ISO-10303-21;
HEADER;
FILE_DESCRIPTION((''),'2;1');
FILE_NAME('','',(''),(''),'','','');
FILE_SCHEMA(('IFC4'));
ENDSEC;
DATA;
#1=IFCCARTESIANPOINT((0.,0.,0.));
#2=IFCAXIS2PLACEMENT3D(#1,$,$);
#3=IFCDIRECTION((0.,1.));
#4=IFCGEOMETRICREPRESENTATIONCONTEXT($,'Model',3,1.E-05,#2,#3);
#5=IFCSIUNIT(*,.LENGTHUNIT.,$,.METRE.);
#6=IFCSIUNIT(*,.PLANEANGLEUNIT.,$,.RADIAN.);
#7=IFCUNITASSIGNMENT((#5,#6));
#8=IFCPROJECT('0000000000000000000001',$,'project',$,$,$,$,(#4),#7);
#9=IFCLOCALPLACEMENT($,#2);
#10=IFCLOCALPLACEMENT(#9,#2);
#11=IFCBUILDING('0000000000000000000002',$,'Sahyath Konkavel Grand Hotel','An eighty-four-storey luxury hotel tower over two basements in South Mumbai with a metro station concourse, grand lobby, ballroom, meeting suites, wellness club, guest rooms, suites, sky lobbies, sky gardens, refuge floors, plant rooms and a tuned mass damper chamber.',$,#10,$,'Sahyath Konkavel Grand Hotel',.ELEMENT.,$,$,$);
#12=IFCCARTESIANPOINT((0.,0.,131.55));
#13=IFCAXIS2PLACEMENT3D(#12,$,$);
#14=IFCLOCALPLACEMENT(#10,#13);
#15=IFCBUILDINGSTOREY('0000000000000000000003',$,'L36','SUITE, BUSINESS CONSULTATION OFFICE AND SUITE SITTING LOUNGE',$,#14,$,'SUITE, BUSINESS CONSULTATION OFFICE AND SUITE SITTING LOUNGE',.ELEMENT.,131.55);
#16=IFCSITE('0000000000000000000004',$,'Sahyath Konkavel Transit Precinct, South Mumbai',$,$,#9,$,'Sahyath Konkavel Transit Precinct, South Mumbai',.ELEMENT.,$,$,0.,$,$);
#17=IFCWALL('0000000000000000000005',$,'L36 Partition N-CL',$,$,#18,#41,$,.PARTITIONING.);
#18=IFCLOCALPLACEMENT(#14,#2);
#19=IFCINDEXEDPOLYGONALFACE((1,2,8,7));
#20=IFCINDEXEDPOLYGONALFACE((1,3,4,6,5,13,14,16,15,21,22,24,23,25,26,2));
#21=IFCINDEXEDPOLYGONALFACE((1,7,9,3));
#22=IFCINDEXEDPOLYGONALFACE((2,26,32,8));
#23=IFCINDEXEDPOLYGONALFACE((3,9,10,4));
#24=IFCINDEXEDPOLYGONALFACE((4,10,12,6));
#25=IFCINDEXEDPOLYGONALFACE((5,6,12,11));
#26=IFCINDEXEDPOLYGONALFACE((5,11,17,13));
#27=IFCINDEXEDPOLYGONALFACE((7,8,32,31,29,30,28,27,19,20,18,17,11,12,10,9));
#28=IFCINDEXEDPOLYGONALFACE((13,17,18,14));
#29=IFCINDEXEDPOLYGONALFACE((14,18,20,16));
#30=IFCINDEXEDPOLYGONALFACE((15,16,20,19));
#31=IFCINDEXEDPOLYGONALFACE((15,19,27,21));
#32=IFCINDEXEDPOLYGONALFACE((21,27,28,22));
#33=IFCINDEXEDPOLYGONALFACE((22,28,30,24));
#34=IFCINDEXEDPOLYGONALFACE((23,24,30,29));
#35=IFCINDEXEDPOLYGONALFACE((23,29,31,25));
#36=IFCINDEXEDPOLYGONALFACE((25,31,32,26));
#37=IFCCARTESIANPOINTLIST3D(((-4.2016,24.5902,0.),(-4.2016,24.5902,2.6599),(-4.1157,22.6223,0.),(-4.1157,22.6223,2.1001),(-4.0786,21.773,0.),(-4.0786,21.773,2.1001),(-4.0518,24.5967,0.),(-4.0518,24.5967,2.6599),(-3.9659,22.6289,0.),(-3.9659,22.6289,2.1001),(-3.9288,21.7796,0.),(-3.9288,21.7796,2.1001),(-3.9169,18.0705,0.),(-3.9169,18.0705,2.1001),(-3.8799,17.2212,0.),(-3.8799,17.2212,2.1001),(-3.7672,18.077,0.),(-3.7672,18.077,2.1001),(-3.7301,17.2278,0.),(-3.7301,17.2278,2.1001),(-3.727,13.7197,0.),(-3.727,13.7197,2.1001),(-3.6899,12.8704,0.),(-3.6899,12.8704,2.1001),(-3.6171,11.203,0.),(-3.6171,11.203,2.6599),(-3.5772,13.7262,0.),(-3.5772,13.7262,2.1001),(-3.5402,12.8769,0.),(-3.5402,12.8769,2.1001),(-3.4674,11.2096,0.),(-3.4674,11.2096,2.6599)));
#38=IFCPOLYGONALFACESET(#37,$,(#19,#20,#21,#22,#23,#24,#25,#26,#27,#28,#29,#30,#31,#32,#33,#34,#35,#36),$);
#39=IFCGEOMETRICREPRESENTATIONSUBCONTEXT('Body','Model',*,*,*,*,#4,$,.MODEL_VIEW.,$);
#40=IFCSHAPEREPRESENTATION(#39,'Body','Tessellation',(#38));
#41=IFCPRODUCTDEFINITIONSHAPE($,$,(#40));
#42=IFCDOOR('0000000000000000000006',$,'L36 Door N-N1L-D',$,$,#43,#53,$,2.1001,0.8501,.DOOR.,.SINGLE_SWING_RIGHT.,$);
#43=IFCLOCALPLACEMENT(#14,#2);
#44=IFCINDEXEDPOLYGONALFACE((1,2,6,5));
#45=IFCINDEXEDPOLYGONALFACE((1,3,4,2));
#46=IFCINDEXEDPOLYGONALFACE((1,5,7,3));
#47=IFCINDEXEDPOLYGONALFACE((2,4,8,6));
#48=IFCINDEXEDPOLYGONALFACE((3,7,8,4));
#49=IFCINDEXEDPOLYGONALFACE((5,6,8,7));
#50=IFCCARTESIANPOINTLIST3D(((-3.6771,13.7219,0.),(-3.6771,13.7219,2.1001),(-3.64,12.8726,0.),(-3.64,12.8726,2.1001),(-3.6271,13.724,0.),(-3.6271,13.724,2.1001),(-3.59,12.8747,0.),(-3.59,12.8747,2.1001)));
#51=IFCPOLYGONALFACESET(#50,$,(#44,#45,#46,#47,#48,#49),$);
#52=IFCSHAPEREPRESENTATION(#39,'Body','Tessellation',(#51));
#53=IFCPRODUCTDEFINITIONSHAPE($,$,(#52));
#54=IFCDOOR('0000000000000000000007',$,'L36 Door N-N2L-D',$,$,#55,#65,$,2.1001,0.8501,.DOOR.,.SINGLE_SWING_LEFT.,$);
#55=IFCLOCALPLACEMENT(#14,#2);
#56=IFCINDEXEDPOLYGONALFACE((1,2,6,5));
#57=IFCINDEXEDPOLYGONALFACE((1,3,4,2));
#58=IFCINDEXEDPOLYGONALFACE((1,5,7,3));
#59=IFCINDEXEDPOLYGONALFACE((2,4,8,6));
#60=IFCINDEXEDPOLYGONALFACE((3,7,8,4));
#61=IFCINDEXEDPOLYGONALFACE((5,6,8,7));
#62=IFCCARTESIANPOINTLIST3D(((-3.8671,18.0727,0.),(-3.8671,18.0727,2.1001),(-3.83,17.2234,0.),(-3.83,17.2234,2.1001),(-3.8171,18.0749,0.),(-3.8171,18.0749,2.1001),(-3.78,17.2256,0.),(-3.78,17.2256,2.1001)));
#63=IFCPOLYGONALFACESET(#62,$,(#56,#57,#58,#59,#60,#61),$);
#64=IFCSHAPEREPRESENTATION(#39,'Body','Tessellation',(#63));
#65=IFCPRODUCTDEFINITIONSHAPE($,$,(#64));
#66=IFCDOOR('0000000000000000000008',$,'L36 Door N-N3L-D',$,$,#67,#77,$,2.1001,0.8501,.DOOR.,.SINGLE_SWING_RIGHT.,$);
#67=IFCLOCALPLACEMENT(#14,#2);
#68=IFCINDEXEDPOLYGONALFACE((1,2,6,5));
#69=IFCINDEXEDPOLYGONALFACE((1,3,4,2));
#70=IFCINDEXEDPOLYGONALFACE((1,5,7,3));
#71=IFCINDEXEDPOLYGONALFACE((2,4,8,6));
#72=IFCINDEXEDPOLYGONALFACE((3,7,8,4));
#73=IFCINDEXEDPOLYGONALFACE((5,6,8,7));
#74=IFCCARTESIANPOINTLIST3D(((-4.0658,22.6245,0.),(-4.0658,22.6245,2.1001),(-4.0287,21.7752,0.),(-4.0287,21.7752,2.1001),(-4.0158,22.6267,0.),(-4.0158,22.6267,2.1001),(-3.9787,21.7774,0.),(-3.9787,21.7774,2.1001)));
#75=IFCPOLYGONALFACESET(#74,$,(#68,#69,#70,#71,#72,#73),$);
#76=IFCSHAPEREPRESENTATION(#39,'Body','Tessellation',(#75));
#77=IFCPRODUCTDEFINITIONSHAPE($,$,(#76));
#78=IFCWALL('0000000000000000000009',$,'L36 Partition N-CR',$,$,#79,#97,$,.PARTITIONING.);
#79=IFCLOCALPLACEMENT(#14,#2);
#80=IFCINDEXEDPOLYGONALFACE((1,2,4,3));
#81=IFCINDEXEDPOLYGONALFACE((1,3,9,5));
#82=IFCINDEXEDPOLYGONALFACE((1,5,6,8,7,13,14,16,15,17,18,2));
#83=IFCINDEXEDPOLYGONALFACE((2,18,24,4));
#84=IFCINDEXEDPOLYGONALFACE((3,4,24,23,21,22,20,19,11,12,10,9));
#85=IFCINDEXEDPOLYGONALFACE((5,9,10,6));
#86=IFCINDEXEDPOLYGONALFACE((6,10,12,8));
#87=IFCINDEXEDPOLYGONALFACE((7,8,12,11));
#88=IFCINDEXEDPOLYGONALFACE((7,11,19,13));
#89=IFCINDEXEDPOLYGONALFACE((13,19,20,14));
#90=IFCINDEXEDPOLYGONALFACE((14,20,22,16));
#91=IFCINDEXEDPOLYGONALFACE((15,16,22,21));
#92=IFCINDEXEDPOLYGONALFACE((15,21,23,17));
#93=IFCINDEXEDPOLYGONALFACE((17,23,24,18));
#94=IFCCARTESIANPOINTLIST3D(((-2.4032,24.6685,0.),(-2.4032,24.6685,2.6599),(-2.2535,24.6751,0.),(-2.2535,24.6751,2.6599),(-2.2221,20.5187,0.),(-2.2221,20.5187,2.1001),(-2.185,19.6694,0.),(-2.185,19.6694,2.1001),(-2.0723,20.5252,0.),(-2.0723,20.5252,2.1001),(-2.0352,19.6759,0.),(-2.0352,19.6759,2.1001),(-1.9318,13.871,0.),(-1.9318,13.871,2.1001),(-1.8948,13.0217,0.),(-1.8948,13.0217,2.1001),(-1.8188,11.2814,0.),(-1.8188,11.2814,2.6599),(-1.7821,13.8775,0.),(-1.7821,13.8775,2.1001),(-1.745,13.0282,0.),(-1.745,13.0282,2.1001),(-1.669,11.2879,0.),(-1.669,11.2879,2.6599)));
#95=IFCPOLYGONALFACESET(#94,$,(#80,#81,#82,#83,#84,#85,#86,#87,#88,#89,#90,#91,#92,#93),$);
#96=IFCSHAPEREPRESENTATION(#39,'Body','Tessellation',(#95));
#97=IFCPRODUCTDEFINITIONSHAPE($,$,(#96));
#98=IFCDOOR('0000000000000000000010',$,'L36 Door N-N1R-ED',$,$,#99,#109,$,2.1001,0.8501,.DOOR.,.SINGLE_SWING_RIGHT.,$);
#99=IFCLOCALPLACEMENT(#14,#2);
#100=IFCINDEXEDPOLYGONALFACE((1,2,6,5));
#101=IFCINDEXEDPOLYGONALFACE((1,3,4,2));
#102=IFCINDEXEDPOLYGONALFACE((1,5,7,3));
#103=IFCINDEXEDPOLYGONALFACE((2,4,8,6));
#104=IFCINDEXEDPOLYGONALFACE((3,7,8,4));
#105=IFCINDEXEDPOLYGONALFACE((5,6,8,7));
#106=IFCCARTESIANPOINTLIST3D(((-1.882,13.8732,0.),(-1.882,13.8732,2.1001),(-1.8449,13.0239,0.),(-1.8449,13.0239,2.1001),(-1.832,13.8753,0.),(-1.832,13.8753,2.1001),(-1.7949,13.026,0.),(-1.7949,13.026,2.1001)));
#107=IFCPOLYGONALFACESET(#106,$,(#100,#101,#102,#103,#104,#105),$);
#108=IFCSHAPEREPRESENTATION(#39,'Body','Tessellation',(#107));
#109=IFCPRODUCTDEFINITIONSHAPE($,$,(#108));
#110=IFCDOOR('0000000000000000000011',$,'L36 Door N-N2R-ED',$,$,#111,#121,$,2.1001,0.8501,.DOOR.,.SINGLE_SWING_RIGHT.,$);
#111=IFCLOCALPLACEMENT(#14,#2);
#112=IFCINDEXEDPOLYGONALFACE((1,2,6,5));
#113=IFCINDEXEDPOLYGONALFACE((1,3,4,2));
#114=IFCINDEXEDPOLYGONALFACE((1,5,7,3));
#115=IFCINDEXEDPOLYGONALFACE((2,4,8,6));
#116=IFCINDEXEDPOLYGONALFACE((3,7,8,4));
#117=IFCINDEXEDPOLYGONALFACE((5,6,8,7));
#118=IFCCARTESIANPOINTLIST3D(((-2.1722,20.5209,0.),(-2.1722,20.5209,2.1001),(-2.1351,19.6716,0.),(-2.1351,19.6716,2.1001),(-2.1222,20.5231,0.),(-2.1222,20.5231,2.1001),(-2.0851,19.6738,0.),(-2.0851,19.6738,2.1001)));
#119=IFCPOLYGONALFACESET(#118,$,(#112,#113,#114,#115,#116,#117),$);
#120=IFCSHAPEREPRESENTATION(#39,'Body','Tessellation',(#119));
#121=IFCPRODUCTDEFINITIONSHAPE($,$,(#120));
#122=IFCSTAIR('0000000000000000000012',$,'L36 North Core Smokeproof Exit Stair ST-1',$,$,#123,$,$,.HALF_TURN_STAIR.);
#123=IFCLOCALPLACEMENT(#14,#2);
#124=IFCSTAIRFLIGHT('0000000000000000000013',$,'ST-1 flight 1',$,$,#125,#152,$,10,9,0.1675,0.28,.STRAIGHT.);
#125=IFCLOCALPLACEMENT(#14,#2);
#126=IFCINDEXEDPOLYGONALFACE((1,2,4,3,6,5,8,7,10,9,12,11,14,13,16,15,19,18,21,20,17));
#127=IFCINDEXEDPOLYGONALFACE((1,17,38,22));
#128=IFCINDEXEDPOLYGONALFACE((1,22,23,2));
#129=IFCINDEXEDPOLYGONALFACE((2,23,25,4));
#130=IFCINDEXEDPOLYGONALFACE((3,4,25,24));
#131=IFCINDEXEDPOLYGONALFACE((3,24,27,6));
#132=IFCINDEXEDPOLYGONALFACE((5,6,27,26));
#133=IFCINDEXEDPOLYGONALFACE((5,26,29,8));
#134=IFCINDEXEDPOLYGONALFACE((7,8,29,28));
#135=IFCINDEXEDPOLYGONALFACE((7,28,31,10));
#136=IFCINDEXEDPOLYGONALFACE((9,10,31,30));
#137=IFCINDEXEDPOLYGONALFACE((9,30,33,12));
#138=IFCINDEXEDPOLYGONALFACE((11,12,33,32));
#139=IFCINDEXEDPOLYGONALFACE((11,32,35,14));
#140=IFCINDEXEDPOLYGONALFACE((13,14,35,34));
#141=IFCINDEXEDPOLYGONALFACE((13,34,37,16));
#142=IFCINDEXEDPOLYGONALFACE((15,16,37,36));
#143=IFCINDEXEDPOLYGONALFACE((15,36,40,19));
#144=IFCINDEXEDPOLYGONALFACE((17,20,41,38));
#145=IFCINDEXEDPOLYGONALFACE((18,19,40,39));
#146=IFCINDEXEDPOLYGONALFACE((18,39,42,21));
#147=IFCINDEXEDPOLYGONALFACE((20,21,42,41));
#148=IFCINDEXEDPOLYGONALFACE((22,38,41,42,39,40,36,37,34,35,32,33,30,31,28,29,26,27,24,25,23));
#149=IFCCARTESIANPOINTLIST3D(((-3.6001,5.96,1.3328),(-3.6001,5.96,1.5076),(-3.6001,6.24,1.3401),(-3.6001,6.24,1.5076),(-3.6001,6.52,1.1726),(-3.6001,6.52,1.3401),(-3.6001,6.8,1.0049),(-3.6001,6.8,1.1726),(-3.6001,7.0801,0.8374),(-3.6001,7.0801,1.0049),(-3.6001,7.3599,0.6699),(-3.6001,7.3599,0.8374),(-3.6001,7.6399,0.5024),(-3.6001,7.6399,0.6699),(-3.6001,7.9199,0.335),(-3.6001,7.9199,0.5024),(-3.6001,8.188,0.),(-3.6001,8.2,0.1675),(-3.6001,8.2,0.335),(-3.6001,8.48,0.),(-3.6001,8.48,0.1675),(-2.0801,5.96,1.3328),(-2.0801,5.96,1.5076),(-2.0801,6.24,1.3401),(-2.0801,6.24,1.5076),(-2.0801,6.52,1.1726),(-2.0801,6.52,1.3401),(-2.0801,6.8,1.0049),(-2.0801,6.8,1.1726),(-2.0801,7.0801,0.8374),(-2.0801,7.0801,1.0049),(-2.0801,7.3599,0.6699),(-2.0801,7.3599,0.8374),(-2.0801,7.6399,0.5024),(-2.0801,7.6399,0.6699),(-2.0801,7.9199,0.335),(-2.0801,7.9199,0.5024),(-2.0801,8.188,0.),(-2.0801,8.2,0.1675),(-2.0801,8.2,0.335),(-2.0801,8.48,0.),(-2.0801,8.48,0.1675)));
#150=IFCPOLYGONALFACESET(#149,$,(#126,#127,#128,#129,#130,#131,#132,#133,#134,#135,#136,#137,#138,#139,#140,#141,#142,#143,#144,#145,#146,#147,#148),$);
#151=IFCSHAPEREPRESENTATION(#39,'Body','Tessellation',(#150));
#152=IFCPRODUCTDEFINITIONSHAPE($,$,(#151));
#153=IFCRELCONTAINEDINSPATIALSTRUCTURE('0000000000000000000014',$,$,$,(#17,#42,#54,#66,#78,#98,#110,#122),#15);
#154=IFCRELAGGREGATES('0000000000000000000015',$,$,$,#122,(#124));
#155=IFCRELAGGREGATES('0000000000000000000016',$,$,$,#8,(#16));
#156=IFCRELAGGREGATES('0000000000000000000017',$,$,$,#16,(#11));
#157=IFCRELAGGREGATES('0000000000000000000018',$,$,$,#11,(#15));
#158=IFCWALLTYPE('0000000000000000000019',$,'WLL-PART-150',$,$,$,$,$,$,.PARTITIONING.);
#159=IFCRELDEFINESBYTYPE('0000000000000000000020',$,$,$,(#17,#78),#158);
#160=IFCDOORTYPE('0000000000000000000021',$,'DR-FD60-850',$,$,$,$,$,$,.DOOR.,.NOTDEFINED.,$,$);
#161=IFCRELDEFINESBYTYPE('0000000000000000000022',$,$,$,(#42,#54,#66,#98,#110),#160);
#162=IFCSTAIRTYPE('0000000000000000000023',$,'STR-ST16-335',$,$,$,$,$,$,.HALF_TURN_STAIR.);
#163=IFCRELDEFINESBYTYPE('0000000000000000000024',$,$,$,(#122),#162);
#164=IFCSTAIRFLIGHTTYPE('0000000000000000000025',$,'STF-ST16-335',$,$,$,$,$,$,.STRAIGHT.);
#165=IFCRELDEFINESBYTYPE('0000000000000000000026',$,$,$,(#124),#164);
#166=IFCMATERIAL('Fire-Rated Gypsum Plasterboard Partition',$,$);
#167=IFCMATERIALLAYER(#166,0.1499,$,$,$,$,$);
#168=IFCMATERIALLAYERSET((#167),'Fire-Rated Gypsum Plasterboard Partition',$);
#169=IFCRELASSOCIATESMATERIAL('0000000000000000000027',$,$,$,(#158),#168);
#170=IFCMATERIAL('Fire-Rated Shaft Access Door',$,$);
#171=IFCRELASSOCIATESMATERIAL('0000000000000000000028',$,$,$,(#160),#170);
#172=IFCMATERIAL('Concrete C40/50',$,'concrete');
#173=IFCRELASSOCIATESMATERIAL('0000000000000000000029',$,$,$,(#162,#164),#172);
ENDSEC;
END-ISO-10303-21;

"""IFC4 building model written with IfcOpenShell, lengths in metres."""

from ifc_helpers import new_model, si_unit, direction, frame, frame_2d, origin, origin_2d, place, context, subcontext, project, spatial, polyline, rectangle, outline, extrude, source, transform, mapped, material, layer, layer_set, type_object, element, fill, aggregate, save


model = new_model("IFC4")

# Units and contexts
model_context = context("Model", 3, precision=1e-05, world=origin(), true_north=direction((0.0, 1.0)))
body_context = subcontext(model_context, "Body", "Model", "MODEL_VIEW")
ifc_project = project(units=[si_unit("LENGTHUNIT", "METRE"), si_unit("PLANEANGLEUNIT", "RADIAN")], contexts=[model_context])

# Site, building, storey
site_placement = place(None, origin())
site = spatial("IfcSite", under=ifc_project, at=site_placement, Name="Sahyath Konkavel Transit Precinct, South Mumbai", LongName="Sahyath Konkavel Transit Precinct, South Mumbai", CompositionType="ELEMENT", RefElevation=0.0)
building_placement = place(site_placement, origin())
building = spatial("IfcBuilding", under=site, at=building_placement, Name="Sahyath Konkavel Grand Hotel", Description="An eighty-four-storey luxury hotel tower over two basements in South Mumbai with a metro station concourse, grand lobby, ballroom, meeting suites, wellness club, guest rooms, suites, sky lobbies, sky gardens, refuge floors, plant rooms and a tuned mass damper chamber.", LongName="Sahyath Konkavel Grand Hotel", CompositionType="ELEMENT")
storey_placement = place(building_placement, frame((0.0, 0.0, 131.55)))
storey = spatial("IfcBuildingStorey", under=building, at=storey_placement, Name="L36", Description="SUITE, BUSINESS CONSULTATION OFFICE AND SUITE SITTING LOUNGE", LongName="SUITE, BUSINESS CONSULTATION OFFICE AND SUITE SITTING LOUNGE", CompositionType="ELEMENT", Elevation=131.55)

# Walls, openings, doors
ifc_material_1 = material(Name="Fire-Rated Gypsum Plasterboard Partition")
ifc_layer_1 = layer(ifc_material_1, 0.1499)
ifc_layer_set_1 = layer_set([ifc_layer_1], Name="Fire-Rated Gypsum Plasterboard Partition")
wall_type_1 = type_object("IfcWallType", Name="WLL-PART-150", PredefinedType="PARTITIONING", material=ifc_layer_set_1)
wall_1_placement = place(storey_placement, frame((-3.5422, 11.2063, 0.0), z_axis=(0.0, 0.0, 1.0), x_axis=(-0.043617, 0.999048, 0.0)))
wall_1 = element("IfcWall", 1, at=wall_1_placement, inside=storey, type_object=wall_type_1, Name="L36 Partition N-CL", PredefinedType="PARTITIONING", context=body_context, shape_type="SweptSolid", body=[
    extrude(rectangle(XDim=13.3999, YDim=0.1499, at=frame_2d((6.7, 0.0))), origin(), (0.0, 0.0, 1.0), 2.6599),
])
opening_1_placement = place(wall_1_placement, frame((1.6689, 0.0, 0.0)))
opening_1 = element("IfcOpeningElement", 2, at=opening_1_placement, cuts=wall_1, PredefinedType="OPENING", context=body_context, shape_type="SweptSolid", body=[
    extrude(rectangle(XDim=0.8501, YDim=2.1001, at=frame_2d((0.425, 1.05))), frame((0.0, 0.085, 0.0), z_axis=(0.0, -1.0, 0.0), x_axis=(1.0, 0.0, 0.0)), (0.0, 0.0, 1.0), 0.1699),
])
opening_2_placement = place(wall_1_placement, frame((6.0239, 0.0, 0.0)))
opening_2 = element("IfcOpeningElement", 3, at=opening_2_placement, cuts=wall_1, PredefinedType="OPENING", context=body_context, shape_type="SweptSolid", body=[
    extrude(rectangle(XDim=0.8501, YDim=2.1001, at=frame_2d((0.425, 1.05))), frame((0.0, 0.085, 0.0), z_axis=(0.0, -1.0, 0.0), x_axis=(1.0, 0.0, 0.0)), (0.0, 0.0, 1.0), 0.1699),
])
opening_3_placement = place(wall_1_placement, frame((10.5801, 0.0, 0.0)))
opening_3 = element("IfcOpeningElement", 4, at=opening_3_placement, cuts=wall_1, PredefinedType="OPENING", context=body_context, shape_type="SweptSolid", body=[
    extrude(rectangle(XDim=0.8501, YDim=2.1001, at=frame_2d((0.425, 1.05))), frame((0.0, 0.085, 0.0), z_axis=(0.0, -1.0, 0.0), x_axis=(1.0, 0.0, 0.0)), (0.0, 0.0, 1.0), 0.1699),
])
ifc_material_2 = material(Name="Fire-Rated Shaft Access Door")
door_type_1 = type_object("IfcDoorType", Name="DR-FD60-850", OperationType="NOTDEFINED", PredefinedType="DOOR", material=ifc_material_2)
shared_shape_1 = source(origin(), body_context, "Body", "SweptSolid", [
    extrude(rectangle(XDim=0.8501, YDim=0.05, at=origin_2d()), origin(), (0.0, 0.0, 1.0), 2.1001),
])
door_1_placement = place(opening_1_placement, frame((0.425, 0.0, 0.0)))
door_1 = element("IfcDoor", 5, at=door_1_placement, inside=storey, type_object=door_type_1, Name="L36 Door N-N1L-D", OperationType="SINGLE_SWING_RIGHT", OverallHeight=2.1001, OverallWidth=0.8501, PredefinedType="DOOR", context=body_context, shape_type="MappedRepresentation", body=[
    mapped(shared_shape_1, transform((0.0, 0.0, 0.0), scale=1.0)),
])
fill(opening_1, door_1)
door_2_placement = place(opening_2_placement, frame((0.425, 0.0, 0.0)))
door_2 = element("IfcDoor", 6, at=door_2_placement, inside=storey, type_object=door_type_1, Name="L36 Door N-N2L-D", OperationType="SINGLE_SWING_LEFT", OverallHeight=2.1001, OverallWidth=0.8501, PredefinedType="DOOR", context=body_context, shape_type="MappedRepresentation", body=[
    mapped(shared_shape_1, transform((0.0, 0.0, 0.0), scale=1.0)),
])
fill(opening_2, door_2)
door_3_placement = place(opening_3_placement, frame((0.425, 0.0, 0.0)))
door_3 = element("IfcDoor", 7, at=door_3_placement, inside=storey, type_object=door_type_1, Name="L36 Door N-N3L-D", OperationType="SINGLE_SWING_RIGHT", OverallHeight=2.1001, OverallWidth=0.8501, PredefinedType="DOOR", context=body_context, shape_type="MappedRepresentation", body=[
    mapped(shared_shape_1, transform((0.0, 0.0, 0.0), scale=1.0)),
])
fill(opening_3, door_3)
wall_2_placement = place(storey_placement, frame((-1.7439, 11.2847, 0.0), z_axis=(0.0, 0.0, 1.0), x_axis=(-0.043617, 0.999048, 0.0)))
wall_2 = element("IfcWall", 8, at=wall_2_placement, inside=storey, type_object=wall_type_1, Name="L36 Partition N-CR", PredefinedType="PARTITIONING", context=body_context, shape_type="SweptSolid", body=[
    extrude(rectangle(XDim=13.3999, YDim=0.1499, at=frame_2d((6.7, 0.0))), origin(), (0.0, 0.0, 1.0), 2.6599),
])
opening_4_placement = place(wall_2_placement, frame((1.7419, 0.0, 0.0)))
opening_4 = element("IfcOpeningElement", 9, at=opening_4_placement, cuts=wall_2, PredefinedType="OPENING", context=body_context, shape_type="SweptSolid", body=[
    extrude(rectangle(XDim=0.8501, YDim=2.1001, at=frame_2d((0.425, 1.05))), frame((0.0, 0.085, 0.0), z_axis=(0.0, -1.0, 0.0), x_axis=(1.0, 0.0, 0.0)), (0.0, 0.0, 1.0), 0.1699),
])
opening_5_placement = place(wall_2_placement, frame((8.396, 0.0, 0.0)))
opening_5 = element("IfcOpeningElement", 10, at=opening_5_placement, cuts=wall_2, PredefinedType="OPENING", context=body_context, shape_type="SweptSolid", body=[
    extrude(rectangle(XDim=0.8501, YDim=2.1001, at=frame_2d((0.425, 1.05))), frame((0.0, 0.085, 0.0), z_axis=(0.0, -1.0, 0.0), x_axis=(1.0, 0.0, 0.0)), (0.0, 0.0, 1.0), 0.1699),
])
door_4_placement = place(opening_4_placement, frame((0.425, 0.0, 0.0)))
door_4 = element("IfcDoor", 11, at=door_4_placement, inside=storey, type_object=door_type_1, Name="L36 Door N-N1R-ED", OperationType="SINGLE_SWING_RIGHT", OverallHeight=2.1001, OverallWidth=0.8501, PredefinedType="DOOR", context=body_context, shape_type="MappedRepresentation", body=[
    mapped(shared_shape_1, transform((0.0, 0.0, 0.0), scale=1.0)),
])
fill(opening_4, door_4)
door_5_placement = place(opening_5_placement, frame((0.425, 0.0, 0.0)))
door_5 = element("IfcDoor", 12, at=door_5_placement, inside=storey, type_object=door_type_1, Name="L36 Door N-N2R-ED", OperationType="SINGLE_SWING_RIGHT", OverallHeight=2.1001, OverallWidth=0.8501, PredefinedType="DOOR", context=body_context, shape_type="MappedRepresentation", body=[
    mapped(shared_shape_1, transform((0.0, 0.0, 0.0), scale=1.0)),
])
fill(opening_5, door_5)

# Stair, stair flight
ifc_material_3 = material(Name="Concrete C40/50", Category="concrete")
stair_type = type_object("IfcStairType", Name="STR-ST16-335", PredefinedType="HALF_TURN_STAIR", material=ifc_material_3)
stair_placement = place(storey_placement, origin())
stair = element("IfcStair", 13, at=stair_placement, inside=storey, type_object=stair_type, Name="L36 North Core Smokeproof Exit Stair ST-1", PredefinedType="HALF_TURN_STAIR")
stair_flight_type = type_object("IfcStairFlightType", Name="STF-ST16-335", PredefinedType="STRAIGHT", material=ifc_material_3)
stair_flight_placement = place(storey_placement, frame((-2.8401, 8.48, 0.0), z_axis=(0.0, 0.0, 1.0), x_axis=(0.0, -1.0, 0.0)))
stair_flight = element("IfcStairFlight", 14, at=stair_flight_placement, type_object=stair_flight_type, Name="ST-1 flight 1", NumberOfRisers=10, NumberOfTreads=9, PredefinedType="STRAIGHT", RiserHeight=0.1675, TreadLength=0.28, context=body_context, shape_type="SweptSolid", body=[
    extrude(outline(polyline([(0.0, 0.0), (0.0, 0.1675), (0.28, 0.1675), (0.28, 0.335), (0.5601, 0.335), (0.5601, 0.5024), (0.8401, 0.5024), (0.8401, 0.6699), (1.1201, 0.6699), (1.1201, 0.8374), (1.3999, 0.8374), (1.3999, 1.0049), (1.6799, 1.0049), (1.6799, 1.1726), (1.96, 1.1726), (1.96, 1.3401), (2.24, 1.3401), (2.24, 1.5076), (2.52, 1.5076), (2.52, 1.675), (2.52, 1.3328), (0.292, 0.0), (0.0, 0.0)])), frame((0.0, 0.76, 0.0), z_axis=(0.0, -1.0, 0.0), x_axis=(1.0, 0.0, 0.0)), (0.0, 0.0, 1.0), 1.52),
])
aggregate(stair, [stair_flight])

save(model, "model.ifc")
